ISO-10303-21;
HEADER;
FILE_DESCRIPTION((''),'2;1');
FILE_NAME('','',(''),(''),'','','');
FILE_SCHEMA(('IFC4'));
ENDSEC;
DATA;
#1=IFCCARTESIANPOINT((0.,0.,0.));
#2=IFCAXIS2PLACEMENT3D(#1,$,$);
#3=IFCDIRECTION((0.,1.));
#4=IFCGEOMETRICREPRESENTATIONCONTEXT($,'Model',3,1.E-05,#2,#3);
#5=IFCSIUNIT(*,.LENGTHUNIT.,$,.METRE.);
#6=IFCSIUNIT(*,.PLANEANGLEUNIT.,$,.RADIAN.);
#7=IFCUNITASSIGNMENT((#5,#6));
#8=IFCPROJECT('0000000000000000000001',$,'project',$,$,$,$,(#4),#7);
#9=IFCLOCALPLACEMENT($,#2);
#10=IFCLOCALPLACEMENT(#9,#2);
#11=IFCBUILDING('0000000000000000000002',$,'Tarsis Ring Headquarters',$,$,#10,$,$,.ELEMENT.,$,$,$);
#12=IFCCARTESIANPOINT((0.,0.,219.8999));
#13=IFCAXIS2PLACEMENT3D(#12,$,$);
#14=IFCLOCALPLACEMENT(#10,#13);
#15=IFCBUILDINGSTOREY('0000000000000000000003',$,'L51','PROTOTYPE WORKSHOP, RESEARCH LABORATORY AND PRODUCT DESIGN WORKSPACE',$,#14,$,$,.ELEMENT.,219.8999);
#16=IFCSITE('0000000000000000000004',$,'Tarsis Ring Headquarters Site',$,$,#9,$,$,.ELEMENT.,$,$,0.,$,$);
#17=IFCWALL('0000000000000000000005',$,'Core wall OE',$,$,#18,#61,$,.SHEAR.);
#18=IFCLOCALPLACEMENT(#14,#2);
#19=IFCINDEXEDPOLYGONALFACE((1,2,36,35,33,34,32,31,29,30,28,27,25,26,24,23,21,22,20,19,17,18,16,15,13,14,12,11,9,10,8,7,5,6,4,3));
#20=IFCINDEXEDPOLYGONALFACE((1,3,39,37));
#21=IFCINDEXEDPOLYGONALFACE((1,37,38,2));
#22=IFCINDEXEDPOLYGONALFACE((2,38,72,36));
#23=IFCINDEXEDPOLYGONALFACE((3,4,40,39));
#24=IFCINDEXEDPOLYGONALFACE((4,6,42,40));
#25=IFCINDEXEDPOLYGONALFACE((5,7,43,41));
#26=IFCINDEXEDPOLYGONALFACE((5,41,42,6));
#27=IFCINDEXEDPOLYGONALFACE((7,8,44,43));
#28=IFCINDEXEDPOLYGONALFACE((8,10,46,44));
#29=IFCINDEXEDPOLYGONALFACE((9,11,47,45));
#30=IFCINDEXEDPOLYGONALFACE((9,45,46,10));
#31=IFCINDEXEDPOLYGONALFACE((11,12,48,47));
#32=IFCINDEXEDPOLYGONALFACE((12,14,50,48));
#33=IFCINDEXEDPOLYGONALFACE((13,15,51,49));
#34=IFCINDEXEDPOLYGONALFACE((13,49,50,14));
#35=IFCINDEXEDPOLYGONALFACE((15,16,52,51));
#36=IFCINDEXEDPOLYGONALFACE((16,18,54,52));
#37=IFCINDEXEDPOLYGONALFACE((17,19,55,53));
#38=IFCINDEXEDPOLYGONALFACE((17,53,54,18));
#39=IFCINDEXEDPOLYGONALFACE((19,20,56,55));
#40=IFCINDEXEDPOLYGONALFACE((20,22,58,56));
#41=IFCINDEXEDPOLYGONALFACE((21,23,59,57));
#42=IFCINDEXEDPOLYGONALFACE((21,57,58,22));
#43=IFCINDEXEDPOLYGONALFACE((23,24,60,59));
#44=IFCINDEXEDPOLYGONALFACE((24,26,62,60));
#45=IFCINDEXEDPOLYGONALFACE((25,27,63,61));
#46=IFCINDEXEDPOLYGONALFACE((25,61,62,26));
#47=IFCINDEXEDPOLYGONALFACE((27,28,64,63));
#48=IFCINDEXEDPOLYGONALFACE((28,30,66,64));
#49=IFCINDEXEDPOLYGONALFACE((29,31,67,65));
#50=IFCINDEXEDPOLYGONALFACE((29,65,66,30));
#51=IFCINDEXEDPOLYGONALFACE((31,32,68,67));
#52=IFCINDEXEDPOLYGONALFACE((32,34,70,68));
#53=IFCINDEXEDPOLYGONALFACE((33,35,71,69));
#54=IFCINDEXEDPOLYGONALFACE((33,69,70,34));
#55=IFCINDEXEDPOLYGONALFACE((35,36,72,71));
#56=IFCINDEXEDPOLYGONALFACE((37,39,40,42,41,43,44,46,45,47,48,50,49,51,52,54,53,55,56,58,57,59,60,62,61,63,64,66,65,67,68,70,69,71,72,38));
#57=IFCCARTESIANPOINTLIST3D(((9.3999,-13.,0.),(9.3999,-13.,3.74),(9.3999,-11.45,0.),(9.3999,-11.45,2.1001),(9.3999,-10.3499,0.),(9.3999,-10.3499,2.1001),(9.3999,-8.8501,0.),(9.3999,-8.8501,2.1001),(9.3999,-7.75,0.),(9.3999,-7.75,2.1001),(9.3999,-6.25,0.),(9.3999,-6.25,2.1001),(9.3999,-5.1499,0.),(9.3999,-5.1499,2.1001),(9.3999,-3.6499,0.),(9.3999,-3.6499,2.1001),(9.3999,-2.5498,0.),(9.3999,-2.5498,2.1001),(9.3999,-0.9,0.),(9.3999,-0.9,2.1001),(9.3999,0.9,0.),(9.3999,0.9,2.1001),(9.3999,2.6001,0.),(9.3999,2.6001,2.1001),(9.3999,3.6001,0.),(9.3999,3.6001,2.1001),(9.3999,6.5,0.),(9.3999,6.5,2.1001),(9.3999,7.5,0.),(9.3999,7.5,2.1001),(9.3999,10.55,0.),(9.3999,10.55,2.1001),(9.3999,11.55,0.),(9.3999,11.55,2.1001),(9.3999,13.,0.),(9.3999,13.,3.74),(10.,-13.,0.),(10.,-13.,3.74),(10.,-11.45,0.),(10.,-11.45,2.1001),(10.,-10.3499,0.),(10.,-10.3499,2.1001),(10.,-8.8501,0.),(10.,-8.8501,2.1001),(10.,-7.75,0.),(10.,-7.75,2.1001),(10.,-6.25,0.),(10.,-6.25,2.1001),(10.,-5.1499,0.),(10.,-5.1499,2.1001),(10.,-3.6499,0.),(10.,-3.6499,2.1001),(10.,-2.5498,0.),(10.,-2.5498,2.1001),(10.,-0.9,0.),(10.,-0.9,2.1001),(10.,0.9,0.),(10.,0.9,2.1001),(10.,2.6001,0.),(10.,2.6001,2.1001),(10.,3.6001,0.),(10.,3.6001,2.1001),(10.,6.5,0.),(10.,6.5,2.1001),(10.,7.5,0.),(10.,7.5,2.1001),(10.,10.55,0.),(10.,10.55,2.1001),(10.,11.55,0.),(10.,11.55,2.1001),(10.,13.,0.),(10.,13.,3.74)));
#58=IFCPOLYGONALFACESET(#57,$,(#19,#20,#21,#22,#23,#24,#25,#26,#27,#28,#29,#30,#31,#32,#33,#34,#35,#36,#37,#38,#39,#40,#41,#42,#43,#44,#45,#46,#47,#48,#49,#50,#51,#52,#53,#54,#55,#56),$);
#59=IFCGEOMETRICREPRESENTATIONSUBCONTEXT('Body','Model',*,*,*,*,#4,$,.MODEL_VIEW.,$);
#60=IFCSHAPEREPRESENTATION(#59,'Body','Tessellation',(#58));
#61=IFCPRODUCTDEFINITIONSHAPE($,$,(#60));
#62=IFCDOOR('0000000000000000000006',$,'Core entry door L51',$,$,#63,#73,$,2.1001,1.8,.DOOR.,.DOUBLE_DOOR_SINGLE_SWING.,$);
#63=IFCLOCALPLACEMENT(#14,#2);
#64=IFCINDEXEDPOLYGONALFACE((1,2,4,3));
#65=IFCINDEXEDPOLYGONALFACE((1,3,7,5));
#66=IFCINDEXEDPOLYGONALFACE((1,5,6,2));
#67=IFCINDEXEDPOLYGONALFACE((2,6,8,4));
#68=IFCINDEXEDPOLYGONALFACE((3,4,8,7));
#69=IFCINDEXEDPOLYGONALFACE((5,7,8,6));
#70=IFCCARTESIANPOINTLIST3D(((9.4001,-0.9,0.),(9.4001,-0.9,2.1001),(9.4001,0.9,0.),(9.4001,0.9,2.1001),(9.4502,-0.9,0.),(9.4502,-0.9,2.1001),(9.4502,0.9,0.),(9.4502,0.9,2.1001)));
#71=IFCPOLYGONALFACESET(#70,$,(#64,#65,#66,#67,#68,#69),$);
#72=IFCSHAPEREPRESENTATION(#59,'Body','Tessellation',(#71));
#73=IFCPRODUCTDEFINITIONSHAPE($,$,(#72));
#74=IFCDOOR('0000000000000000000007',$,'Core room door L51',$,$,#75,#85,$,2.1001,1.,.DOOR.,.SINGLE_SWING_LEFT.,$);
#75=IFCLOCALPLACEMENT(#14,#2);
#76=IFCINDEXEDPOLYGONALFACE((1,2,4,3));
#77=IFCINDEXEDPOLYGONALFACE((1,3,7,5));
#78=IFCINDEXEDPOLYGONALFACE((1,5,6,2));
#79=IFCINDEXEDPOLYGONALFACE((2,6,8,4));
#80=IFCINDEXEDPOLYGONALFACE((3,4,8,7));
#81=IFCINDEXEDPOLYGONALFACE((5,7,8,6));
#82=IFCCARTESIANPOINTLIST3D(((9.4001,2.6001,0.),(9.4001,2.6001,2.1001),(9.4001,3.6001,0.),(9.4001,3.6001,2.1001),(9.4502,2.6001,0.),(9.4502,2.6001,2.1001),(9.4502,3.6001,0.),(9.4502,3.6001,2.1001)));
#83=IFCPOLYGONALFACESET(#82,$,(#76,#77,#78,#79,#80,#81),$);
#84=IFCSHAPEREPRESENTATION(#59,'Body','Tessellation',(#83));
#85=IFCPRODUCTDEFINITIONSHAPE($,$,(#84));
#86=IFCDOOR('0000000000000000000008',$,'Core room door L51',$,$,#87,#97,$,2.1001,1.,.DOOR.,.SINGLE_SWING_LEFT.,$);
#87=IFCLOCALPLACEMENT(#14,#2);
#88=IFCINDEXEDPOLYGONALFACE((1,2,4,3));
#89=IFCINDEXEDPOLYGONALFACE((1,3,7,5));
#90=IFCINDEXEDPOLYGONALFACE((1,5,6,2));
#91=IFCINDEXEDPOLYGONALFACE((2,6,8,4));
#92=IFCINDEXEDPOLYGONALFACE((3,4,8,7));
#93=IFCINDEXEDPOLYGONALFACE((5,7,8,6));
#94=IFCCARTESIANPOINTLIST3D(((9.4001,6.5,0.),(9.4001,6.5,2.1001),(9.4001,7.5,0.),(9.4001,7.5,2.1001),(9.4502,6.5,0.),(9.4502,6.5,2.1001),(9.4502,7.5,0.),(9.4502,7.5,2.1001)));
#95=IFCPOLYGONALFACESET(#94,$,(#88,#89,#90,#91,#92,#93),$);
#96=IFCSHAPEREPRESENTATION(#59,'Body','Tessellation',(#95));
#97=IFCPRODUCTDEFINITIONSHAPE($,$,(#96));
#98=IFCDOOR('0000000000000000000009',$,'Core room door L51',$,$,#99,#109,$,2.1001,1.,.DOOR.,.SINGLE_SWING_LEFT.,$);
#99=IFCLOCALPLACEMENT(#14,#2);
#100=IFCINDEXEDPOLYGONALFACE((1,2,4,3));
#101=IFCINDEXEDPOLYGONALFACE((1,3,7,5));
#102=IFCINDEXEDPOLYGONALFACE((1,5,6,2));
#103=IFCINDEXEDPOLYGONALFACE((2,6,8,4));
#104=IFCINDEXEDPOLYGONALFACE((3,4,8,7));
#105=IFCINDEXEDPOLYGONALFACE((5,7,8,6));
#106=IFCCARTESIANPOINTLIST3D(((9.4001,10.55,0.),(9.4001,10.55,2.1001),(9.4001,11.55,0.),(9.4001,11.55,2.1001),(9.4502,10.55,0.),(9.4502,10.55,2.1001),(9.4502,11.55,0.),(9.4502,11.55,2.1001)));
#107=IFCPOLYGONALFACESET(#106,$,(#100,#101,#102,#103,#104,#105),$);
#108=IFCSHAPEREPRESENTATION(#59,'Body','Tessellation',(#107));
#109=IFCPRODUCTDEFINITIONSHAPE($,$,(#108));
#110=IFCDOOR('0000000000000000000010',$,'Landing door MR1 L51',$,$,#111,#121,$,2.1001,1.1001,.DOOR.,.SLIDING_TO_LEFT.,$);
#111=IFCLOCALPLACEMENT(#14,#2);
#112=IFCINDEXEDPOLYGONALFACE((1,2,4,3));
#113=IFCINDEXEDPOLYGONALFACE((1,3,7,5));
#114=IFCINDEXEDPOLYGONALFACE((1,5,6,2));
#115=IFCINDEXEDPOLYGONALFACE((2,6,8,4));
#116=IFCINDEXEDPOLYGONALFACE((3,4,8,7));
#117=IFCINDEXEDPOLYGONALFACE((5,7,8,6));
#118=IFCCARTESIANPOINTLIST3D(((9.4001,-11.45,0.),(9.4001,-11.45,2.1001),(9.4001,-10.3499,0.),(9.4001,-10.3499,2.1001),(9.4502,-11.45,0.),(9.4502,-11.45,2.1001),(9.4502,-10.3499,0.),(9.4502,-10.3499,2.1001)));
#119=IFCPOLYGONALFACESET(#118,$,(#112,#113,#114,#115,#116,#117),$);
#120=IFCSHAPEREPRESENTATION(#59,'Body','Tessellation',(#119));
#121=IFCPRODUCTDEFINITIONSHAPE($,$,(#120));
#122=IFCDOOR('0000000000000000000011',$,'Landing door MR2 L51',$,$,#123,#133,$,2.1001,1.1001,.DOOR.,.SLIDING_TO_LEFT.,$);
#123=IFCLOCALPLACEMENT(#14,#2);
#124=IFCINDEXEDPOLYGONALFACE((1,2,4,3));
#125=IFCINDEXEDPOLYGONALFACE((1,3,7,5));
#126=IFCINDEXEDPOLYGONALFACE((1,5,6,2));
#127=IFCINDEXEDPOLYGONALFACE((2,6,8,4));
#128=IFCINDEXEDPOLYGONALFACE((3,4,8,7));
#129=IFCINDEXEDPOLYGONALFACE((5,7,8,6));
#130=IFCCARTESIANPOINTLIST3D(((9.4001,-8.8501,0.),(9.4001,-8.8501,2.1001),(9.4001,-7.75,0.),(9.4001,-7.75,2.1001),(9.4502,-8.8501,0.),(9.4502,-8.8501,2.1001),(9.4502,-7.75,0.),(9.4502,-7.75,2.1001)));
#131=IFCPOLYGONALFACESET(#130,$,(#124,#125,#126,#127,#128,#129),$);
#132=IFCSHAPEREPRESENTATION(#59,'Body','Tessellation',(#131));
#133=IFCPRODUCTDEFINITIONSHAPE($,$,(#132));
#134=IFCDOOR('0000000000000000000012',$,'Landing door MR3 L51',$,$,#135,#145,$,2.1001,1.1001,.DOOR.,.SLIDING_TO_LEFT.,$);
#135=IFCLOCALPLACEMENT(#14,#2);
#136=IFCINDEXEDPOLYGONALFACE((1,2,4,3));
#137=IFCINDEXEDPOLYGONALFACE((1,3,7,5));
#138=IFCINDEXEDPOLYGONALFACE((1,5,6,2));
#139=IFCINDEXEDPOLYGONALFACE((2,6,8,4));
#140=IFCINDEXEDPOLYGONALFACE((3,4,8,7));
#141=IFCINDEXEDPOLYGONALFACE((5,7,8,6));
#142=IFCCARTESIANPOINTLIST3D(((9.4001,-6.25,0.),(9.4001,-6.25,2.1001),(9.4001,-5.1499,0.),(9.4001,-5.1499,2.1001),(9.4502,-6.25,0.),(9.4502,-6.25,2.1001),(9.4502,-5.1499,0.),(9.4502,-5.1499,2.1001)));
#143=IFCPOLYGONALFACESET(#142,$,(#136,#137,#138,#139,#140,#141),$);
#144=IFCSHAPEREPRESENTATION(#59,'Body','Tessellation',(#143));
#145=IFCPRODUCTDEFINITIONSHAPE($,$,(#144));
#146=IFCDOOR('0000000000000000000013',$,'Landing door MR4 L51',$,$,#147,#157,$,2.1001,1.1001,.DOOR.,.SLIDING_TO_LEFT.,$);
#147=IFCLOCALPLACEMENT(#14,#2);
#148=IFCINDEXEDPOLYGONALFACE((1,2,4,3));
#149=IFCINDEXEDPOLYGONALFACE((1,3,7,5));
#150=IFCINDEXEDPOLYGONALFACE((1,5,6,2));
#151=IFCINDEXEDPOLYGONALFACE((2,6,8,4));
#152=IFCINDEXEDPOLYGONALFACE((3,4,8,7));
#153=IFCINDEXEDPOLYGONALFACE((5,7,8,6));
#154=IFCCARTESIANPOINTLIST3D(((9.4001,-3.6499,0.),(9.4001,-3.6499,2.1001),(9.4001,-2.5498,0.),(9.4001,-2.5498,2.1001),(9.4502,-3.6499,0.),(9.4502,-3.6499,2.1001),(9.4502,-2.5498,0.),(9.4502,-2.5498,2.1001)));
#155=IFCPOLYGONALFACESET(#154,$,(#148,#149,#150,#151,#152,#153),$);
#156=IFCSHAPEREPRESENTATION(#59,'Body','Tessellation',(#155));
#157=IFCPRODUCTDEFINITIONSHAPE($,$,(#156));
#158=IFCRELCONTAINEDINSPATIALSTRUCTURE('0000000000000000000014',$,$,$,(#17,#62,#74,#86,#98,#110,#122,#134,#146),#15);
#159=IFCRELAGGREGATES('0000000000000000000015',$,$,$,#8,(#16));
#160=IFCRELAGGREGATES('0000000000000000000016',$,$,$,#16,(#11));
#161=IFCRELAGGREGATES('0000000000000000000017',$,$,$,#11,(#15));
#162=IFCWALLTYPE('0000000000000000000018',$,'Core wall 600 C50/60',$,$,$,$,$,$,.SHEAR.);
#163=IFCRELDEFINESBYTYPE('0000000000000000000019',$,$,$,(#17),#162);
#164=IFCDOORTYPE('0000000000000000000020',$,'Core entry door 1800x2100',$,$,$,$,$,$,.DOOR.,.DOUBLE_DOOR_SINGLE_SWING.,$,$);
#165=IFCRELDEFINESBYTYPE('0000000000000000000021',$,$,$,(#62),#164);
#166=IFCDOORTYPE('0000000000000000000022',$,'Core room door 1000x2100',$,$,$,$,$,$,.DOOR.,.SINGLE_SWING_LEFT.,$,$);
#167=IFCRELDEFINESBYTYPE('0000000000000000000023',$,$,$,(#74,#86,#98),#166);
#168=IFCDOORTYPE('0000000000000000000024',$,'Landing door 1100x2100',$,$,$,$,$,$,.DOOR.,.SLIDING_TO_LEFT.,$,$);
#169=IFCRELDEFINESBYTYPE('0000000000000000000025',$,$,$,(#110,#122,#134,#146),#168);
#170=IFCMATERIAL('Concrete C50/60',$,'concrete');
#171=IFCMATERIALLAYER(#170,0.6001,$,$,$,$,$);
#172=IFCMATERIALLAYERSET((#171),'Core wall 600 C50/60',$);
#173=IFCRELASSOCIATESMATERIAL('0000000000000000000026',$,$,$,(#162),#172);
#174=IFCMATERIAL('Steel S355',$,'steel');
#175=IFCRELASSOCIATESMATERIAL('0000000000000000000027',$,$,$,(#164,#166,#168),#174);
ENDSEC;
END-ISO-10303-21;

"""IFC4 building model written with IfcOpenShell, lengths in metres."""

from ifc_helpers import new_model, si_unit, direction, frame, frame_2d, origin, place, context, subcontext, project, spatial, rectangle, extrude, material, layer, layer_set, type_object, element, fill, save


model = new_model("IFC4")

# Units and contexts
model_context = context("Model", 3, precision=1e-05, world=origin(), true_north=direction((0.0, 1.0)))
body_context = subcontext(model_context, "Body", "Model", "MODEL_VIEW")
ifc_project = project(units=[si_unit("LENGTHUNIT", "METRE"), si_unit("PLANEANGLEUNIT", "RADIAN")], contexts=[model_context])

# Site, building, storey
site_placement = place(None, origin())
site = spatial("IfcSite", under=ifc_project, at=site_placement, Name="Tarsis Ring Headquarters Site", CompositionType="ELEMENT", RefElevation=0.0)
building_placement = place(site_placement, origin())
building = spatial("IfcBuilding", under=site, at=building_placement, Name="Tarsis Ring Headquarters", CompositionType="ELEMENT")
storey_placement = place(building_placement, frame((0.0, 0.0, 219.8999)))
storey = spatial("IfcBuildingStorey", under=building, at=storey_placement, Name="L51", Description="PROTOTYPE WORKSHOP, RESEARCH LABORATORY AND PRODUCT DESIGN WORKSPACE", CompositionType="ELEMENT", Elevation=219.8999)

# Wall, openings, doors
ifc_material_1 = material(Name="Concrete C50/60", Category="concrete")
ifc_layer_1 = layer(ifc_material_1, 0.6001)
ifc_layer_set_1 = layer_set([ifc_layer_1], Name="Core wall 600 C50/60")
wall_type_1 = type_object("IfcWallType", Name="Core wall 600 C50/60", PredefinedType="SHEAR", material=ifc_layer_set_1)
wall_1_placement = place(storey_placement, frame((9.7, -13.0, 0.0), z_axis=(0.0, 0.0, 1.0), x_axis=(0.0, 1.0, 0.0)))
wall_1 = element("IfcWall", 1, at=wall_1_placement, inside=storey, type_object=wall_type_1, Name="Core wall OE", PredefinedType="SHEAR", context=body_context, shape_type="SweptSolid", body=[
    extrude(rectangle(XDim=26.0, YDim=0.6001, at=frame_2d((13.0, 0.0))), origin(), (0.0, 0.0, 1.0), 3.74),
])
opening_1_placement = place(wall_1_placement, frame((1.55, 0.0, 0.0)))
opening_1 = element("IfcOpeningElement", 2, at=opening_1_placement, cuts=wall_1, PredefinedType="OPENING", context=body_context, shape_type="SweptSolid", body=[
    extrude(rectangle(XDim=1.1001, YDim=2.1001, at=frame_2d((0.55, 1.05))), frame((0.0, 0.3101, 0.0), z_axis=(0.0, -1.0, 0.0), x_axis=(1.0, 0.0, 0.0)), (0.0, 0.0, 1.0), 0.6201),
])
opening_2_placement = place(wall_1_placement, frame((4.1499, 0.0, 0.0)))
opening_2 = element("IfcOpeningElement", 3, at=opening_2_placement, cuts=wall_1, PredefinedType="OPENING", context=body_context, shape_type="SweptSolid", body=[
    extrude(rectangle(XDim=1.1001, YDim=2.1001, at=frame_2d((0.55, 1.05))), frame((0.0, 0.3101, 0.0), z_axis=(0.0, -1.0, 0.0), x_axis=(1.0, 0.0, 0.0)), (0.0, 0.0, 1.0), 0.6201),
])
opening_3_placement = place(wall_1_placement, frame((6.75, 0.0, 0.0)))
opening_3 = element("IfcOpeningElement", 4, at=opening_3_placement, cuts=wall_1, PredefinedType="OPENING", context=body_context, shape_type="SweptSolid", body=[
    extrude(rectangle(XDim=1.1001, YDim=2.1001, at=frame_2d((0.55, 1.05))), frame((0.0, 0.3101, 0.0), z_axis=(0.0, -1.0, 0.0), x_axis=(1.0, 0.0, 0.0)), (0.0, 0.0, 1.0), 0.6201),
])
opening_4_placement = place(wall_1_placement, frame((9.3501, 0.0, 0.0)))
opening_4 = element("IfcOpeningElement", 5, at=opening_4_placement, cuts=wall_1, PredefinedType="OPENING", context=body_context, shape_type="SweptSolid", body=[
    extrude(rectangle(XDim=1.1001, YDim=2.1001, at=frame_2d((0.55, 1.05))), frame((0.0, 0.3101, 0.0), z_axis=(0.0, -1.0, 0.0), x_axis=(1.0, 0.0, 0.0)), (0.0, 0.0, 1.0), 0.6201),
])
opening_5_placement = place(wall_1_placement, frame((12.1001, 0.0, 0.0)))
opening_5 = element("IfcOpeningElement", 6, at=opening_5_placement, cuts=wall_1, PredefinedType="OPENING", context=body_context, shape_type="SweptSolid", body=[
    extrude(rectangle(XDim=1.8, YDim=2.1001, at=frame_2d((0.8999, 1.05))), frame((0.0, 0.3101, 0.0), z_axis=(0.0, -1.0, 0.0), x_axis=(1.0, 0.0, 0.0)), (0.0, 0.0, 1.0), 0.6201),
])
opening_6_placement = place(wall_1_placement, frame((15.6001, 0.0, 0.0)))
opening_6 = element("IfcOpeningElement", 7, at=opening_6_placement, cuts=wall_1, PredefinedType="OPENING", context=body_context, shape_type="SweptSolid", body=[
    extrude(rectangle(XDim=1.0, YDim=2.1001, at=frame_2d((0.5, 1.05))), frame((0.0, 0.3101, 0.0), z_axis=(0.0, -1.0, 0.0), x_axis=(1.0, 0.0, 0.0)), (0.0, 0.0, 1.0), 0.6201),
])
opening_7_placement = place(wall_1_placement, frame((19.5, 0.0, 0.0)))
opening_7 = element("IfcOpeningElement", 8, at=opening_7_placement, cuts=wall_1, PredefinedType="OPENING", context=body_context, shape_type="SweptSolid", body=[
    extrude(rectangle(XDim=1.0, YDim=2.1001, at=frame_2d((0.5, 1.05))), frame((0.0, 0.3101, 0.0), z_axis=(0.0, -1.0, 0.0), x_axis=(1.0, 0.0, 0.0)), (0.0, 0.0, 1.0), 0.6201),
])
opening_8_placement = place(wall_1_placement, frame((23.55, 0.0, 0.0)))
opening_8 = element("IfcOpeningElement", 9, at=opening_8_placement, cuts=wall_1, PredefinedType="OPENING", context=body_context, shape_type="SweptSolid", body=[
    extrude(rectangle(XDim=1.0, YDim=2.1001, at=frame_2d((0.5, 1.05))), frame((0.0, 0.3101, 0.0), z_axis=(0.0, -1.0, 0.0), x_axis=(1.0, 0.0, 0.0)), (0.0, 0.0, 1.0), 0.6201),
])
ifc_material_2 = material(Name="Steel S355", Category="steel")
door_type_1 = type_object("IfcDoorType", Name="Core entry door 1800x2100", OperationType="DOUBLE_DOOR_SINGLE_SWING", PredefinedType="DOOR", material=ifc_material_2)
door_1_placement = place(opening_5_placement, origin())
door_1 = element("IfcDoor", 10, at=door_1_placement, inside=storey, type_object=door_type_1, Name="Core entry door L51", OperationType="DOUBLE_DOOR_SINGLE_SWING", OverallHeight=2.1001, OverallWidth=1.8, PredefinedType="DOOR", context=body_context, shape_type="SweptSolid", body=[
    extrude(rectangle(XDim=1.8, YDim=2.1001, at=frame_2d((0.8999, 1.05))), frame((0.0, 0.2998, 0.0), z_axis=(0.0, -1.0, 0.0), x_axis=(1.0, 0.0, 0.0)), (0.0, 0.0, 1.0), 0.05),
])
fill(opening_5, door_1)
door_type_2 = type_object("IfcDoorType", Name="Core room door 1000x2100", OperationType="SINGLE_SWING_LEFT", PredefinedType="DOOR", material=ifc_material_2)
door_2_placement = place(opening_6_placement, origin())
door_2 = element("IfcDoor", 11, at=door_2_placement, inside=storey, type_object=door_type_2, Name="Core room door L51", OperationType="SINGLE_SWING_LEFT", OverallHeight=2.1001, OverallWidth=1.0, PredefinedType="DOOR", context=body_context, shape_type="SweptSolid", body=[
    extrude(rectangle(XDim=1.0, YDim=2.1001, at=frame_2d((0.5, 1.05))), frame((0.0, 0.2998, 0.0), z_axis=(0.0, -1.0, 0.0), x_axis=(1.0, 0.0, 0.0)), (0.0, 0.0, 1.0), 0.05),
])
fill(opening_6, door_2)
door_3_placement = place(opening_7_placement, origin())
door_3 = element("IfcDoor", 12, at=door_3_placement, inside=storey, type_object=door_type_2, Name="Core room door L51", OperationType="SINGLE_SWING_LEFT", OverallHeight=2.1001, OverallWidth=1.0, PredefinedType="DOOR", context=body_context, shape_type="SweptSolid", body=[
    extrude(rectangle(XDim=1.0, YDim=2.1001, at=frame_2d((0.5, 1.05))), frame((0.0, 0.2998, 0.0), z_axis=(0.0, -1.0, 0.0), x_axis=(1.0, 0.0, 0.0)), (0.0, 0.0, 1.0), 0.05),
])
fill(opening_7, door_3)
door_4_placement = place(opening_8_placement, origin())
door_4 = element("IfcDoor", 13, at=door_4_placement, inside=storey, type_object=door_type_2, Name="Core room door L51", OperationType="SINGLE_SWING_LEFT", OverallHeight=2.1001, OverallWidth=1.0, PredefinedType="DOOR", context=body_context, shape_type="SweptSolid", body=[
    extrude(rectangle(XDim=1.0, YDim=2.1001, at=frame_2d((0.5, 1.05))), frame((0.0, 0.2998, 0.0), z_axis=(0.0, -1.0, 0.0), x_axis=(1.0, 0.0, 0.0)), (0.0, 0.0, 1.0), 0.05),
])
fill(opening_8, door_4)
door_type_3 = type_object("IfcDoorType", Name="Landing door 1100x2100", OperationType="SLIDING_TO_LEFT", PredefinedType="DOOR", material=ifc_material_2)
door_5_placement = place(opening_1_placement, origin())
door_5 = element("IfcDoor", 14, at=door_5_placement, inside=storey, type_object=door_type_3, Name="Landing door MR1 L51", OperationType="SLIDING_TO_LEFT", OverallHeight=2.1001, OverallWidth=1.1001, PredefinedType="DOOR", context=body_context, shape_type="SweptSolid", body=[
    extrude(rectangle(XDim=1.1001, YDim=2.1001, at=frame_2d((0.55, 1.05))), frame((0.0, 0.2998, 0.0), z_axis=(0.0, -1.0, 0.0), x_axis=(1.0, 0.0, 0.0)), (0.0, 0.0, 1.0), 0.05),
])
fill(opening_1, door_5)
door_6_placement = place(opening_2_placement, origin())
door_6 = element("IfcDoor", 15, at=door_6_placement, inside=storey, type_object=door_type_3, Name="Landing door MR2 L51", OperationType="SLIDING_TO_LEFT", OverallHeight=2.1001, OverallWidth=1.1001, PredefinedType="DOOR", context=body_context, shape_type="SweptSolid", body=[
    extrude(rectangle(XDim=1.1001, YDim=2.1001, at=frame_2d((0.55, 1.05))), frame((0.0, 0.2998, 0.0), z_axis=(0.0, -1.0, 0.0), x_axis=(1.0, 0.0, 0.0)), (0.0, 0.0, 1.0), 0.05),
])
fill(opening_2, door_6)
door_7_placement = place(opening_3_placement, origin())
door_7 = element("IfcDoor", 16, at=door_7_placement, inside=storey, type_object=door_type_3, Name="Landing door MR3 L51", OperationType="SLIDING_TO_LEFT", OverallHeight=2.1001, OverallWidth=1.1001, PredefinedType="DOOR", context=body_context, shape_type="SweptSolid", body=[
    extrude(rectangle(XDim=1.1001, YDim=2.1001, at=frame_2d((0.55, 1.05))), frame((0.0, 0.2998, 0.0), z_axis=(0.0, -1.0, 0.0), x_axis=(1.0, 0.0, 0.0)), (0.0, 0.0, 1.0), 0.05),
])
fill(opening_3, door_7)
door_8_placement = place(opening_4_placement, origin())
door_8 = element("IfcDoor", 17, at=door_8_placement, inside=storey, type_object=door_type_3, Name="Landing door MR4 L51", OperationType="SLIDING_TO_LEFT", OverallHeight=2.1001, OverallWidth=1.1001, PredefinedType="DOOR", context=body_context, shape_type="SweptSolid", body=[
    extrude(rectangle(XDim=1.1001, YDim=2.1001, at=frame_2d((0.55, 1.05))), frame((0.0, 0.2998, 0.0), z_axis=(0.0, -1.0, 0.0), x_axis=(1.0, 0.0, 0.0)), (0.0, 0.0, 1.0), 0.05),
])
fill(opening_4, door_8)

save(model, "model.ifc")
